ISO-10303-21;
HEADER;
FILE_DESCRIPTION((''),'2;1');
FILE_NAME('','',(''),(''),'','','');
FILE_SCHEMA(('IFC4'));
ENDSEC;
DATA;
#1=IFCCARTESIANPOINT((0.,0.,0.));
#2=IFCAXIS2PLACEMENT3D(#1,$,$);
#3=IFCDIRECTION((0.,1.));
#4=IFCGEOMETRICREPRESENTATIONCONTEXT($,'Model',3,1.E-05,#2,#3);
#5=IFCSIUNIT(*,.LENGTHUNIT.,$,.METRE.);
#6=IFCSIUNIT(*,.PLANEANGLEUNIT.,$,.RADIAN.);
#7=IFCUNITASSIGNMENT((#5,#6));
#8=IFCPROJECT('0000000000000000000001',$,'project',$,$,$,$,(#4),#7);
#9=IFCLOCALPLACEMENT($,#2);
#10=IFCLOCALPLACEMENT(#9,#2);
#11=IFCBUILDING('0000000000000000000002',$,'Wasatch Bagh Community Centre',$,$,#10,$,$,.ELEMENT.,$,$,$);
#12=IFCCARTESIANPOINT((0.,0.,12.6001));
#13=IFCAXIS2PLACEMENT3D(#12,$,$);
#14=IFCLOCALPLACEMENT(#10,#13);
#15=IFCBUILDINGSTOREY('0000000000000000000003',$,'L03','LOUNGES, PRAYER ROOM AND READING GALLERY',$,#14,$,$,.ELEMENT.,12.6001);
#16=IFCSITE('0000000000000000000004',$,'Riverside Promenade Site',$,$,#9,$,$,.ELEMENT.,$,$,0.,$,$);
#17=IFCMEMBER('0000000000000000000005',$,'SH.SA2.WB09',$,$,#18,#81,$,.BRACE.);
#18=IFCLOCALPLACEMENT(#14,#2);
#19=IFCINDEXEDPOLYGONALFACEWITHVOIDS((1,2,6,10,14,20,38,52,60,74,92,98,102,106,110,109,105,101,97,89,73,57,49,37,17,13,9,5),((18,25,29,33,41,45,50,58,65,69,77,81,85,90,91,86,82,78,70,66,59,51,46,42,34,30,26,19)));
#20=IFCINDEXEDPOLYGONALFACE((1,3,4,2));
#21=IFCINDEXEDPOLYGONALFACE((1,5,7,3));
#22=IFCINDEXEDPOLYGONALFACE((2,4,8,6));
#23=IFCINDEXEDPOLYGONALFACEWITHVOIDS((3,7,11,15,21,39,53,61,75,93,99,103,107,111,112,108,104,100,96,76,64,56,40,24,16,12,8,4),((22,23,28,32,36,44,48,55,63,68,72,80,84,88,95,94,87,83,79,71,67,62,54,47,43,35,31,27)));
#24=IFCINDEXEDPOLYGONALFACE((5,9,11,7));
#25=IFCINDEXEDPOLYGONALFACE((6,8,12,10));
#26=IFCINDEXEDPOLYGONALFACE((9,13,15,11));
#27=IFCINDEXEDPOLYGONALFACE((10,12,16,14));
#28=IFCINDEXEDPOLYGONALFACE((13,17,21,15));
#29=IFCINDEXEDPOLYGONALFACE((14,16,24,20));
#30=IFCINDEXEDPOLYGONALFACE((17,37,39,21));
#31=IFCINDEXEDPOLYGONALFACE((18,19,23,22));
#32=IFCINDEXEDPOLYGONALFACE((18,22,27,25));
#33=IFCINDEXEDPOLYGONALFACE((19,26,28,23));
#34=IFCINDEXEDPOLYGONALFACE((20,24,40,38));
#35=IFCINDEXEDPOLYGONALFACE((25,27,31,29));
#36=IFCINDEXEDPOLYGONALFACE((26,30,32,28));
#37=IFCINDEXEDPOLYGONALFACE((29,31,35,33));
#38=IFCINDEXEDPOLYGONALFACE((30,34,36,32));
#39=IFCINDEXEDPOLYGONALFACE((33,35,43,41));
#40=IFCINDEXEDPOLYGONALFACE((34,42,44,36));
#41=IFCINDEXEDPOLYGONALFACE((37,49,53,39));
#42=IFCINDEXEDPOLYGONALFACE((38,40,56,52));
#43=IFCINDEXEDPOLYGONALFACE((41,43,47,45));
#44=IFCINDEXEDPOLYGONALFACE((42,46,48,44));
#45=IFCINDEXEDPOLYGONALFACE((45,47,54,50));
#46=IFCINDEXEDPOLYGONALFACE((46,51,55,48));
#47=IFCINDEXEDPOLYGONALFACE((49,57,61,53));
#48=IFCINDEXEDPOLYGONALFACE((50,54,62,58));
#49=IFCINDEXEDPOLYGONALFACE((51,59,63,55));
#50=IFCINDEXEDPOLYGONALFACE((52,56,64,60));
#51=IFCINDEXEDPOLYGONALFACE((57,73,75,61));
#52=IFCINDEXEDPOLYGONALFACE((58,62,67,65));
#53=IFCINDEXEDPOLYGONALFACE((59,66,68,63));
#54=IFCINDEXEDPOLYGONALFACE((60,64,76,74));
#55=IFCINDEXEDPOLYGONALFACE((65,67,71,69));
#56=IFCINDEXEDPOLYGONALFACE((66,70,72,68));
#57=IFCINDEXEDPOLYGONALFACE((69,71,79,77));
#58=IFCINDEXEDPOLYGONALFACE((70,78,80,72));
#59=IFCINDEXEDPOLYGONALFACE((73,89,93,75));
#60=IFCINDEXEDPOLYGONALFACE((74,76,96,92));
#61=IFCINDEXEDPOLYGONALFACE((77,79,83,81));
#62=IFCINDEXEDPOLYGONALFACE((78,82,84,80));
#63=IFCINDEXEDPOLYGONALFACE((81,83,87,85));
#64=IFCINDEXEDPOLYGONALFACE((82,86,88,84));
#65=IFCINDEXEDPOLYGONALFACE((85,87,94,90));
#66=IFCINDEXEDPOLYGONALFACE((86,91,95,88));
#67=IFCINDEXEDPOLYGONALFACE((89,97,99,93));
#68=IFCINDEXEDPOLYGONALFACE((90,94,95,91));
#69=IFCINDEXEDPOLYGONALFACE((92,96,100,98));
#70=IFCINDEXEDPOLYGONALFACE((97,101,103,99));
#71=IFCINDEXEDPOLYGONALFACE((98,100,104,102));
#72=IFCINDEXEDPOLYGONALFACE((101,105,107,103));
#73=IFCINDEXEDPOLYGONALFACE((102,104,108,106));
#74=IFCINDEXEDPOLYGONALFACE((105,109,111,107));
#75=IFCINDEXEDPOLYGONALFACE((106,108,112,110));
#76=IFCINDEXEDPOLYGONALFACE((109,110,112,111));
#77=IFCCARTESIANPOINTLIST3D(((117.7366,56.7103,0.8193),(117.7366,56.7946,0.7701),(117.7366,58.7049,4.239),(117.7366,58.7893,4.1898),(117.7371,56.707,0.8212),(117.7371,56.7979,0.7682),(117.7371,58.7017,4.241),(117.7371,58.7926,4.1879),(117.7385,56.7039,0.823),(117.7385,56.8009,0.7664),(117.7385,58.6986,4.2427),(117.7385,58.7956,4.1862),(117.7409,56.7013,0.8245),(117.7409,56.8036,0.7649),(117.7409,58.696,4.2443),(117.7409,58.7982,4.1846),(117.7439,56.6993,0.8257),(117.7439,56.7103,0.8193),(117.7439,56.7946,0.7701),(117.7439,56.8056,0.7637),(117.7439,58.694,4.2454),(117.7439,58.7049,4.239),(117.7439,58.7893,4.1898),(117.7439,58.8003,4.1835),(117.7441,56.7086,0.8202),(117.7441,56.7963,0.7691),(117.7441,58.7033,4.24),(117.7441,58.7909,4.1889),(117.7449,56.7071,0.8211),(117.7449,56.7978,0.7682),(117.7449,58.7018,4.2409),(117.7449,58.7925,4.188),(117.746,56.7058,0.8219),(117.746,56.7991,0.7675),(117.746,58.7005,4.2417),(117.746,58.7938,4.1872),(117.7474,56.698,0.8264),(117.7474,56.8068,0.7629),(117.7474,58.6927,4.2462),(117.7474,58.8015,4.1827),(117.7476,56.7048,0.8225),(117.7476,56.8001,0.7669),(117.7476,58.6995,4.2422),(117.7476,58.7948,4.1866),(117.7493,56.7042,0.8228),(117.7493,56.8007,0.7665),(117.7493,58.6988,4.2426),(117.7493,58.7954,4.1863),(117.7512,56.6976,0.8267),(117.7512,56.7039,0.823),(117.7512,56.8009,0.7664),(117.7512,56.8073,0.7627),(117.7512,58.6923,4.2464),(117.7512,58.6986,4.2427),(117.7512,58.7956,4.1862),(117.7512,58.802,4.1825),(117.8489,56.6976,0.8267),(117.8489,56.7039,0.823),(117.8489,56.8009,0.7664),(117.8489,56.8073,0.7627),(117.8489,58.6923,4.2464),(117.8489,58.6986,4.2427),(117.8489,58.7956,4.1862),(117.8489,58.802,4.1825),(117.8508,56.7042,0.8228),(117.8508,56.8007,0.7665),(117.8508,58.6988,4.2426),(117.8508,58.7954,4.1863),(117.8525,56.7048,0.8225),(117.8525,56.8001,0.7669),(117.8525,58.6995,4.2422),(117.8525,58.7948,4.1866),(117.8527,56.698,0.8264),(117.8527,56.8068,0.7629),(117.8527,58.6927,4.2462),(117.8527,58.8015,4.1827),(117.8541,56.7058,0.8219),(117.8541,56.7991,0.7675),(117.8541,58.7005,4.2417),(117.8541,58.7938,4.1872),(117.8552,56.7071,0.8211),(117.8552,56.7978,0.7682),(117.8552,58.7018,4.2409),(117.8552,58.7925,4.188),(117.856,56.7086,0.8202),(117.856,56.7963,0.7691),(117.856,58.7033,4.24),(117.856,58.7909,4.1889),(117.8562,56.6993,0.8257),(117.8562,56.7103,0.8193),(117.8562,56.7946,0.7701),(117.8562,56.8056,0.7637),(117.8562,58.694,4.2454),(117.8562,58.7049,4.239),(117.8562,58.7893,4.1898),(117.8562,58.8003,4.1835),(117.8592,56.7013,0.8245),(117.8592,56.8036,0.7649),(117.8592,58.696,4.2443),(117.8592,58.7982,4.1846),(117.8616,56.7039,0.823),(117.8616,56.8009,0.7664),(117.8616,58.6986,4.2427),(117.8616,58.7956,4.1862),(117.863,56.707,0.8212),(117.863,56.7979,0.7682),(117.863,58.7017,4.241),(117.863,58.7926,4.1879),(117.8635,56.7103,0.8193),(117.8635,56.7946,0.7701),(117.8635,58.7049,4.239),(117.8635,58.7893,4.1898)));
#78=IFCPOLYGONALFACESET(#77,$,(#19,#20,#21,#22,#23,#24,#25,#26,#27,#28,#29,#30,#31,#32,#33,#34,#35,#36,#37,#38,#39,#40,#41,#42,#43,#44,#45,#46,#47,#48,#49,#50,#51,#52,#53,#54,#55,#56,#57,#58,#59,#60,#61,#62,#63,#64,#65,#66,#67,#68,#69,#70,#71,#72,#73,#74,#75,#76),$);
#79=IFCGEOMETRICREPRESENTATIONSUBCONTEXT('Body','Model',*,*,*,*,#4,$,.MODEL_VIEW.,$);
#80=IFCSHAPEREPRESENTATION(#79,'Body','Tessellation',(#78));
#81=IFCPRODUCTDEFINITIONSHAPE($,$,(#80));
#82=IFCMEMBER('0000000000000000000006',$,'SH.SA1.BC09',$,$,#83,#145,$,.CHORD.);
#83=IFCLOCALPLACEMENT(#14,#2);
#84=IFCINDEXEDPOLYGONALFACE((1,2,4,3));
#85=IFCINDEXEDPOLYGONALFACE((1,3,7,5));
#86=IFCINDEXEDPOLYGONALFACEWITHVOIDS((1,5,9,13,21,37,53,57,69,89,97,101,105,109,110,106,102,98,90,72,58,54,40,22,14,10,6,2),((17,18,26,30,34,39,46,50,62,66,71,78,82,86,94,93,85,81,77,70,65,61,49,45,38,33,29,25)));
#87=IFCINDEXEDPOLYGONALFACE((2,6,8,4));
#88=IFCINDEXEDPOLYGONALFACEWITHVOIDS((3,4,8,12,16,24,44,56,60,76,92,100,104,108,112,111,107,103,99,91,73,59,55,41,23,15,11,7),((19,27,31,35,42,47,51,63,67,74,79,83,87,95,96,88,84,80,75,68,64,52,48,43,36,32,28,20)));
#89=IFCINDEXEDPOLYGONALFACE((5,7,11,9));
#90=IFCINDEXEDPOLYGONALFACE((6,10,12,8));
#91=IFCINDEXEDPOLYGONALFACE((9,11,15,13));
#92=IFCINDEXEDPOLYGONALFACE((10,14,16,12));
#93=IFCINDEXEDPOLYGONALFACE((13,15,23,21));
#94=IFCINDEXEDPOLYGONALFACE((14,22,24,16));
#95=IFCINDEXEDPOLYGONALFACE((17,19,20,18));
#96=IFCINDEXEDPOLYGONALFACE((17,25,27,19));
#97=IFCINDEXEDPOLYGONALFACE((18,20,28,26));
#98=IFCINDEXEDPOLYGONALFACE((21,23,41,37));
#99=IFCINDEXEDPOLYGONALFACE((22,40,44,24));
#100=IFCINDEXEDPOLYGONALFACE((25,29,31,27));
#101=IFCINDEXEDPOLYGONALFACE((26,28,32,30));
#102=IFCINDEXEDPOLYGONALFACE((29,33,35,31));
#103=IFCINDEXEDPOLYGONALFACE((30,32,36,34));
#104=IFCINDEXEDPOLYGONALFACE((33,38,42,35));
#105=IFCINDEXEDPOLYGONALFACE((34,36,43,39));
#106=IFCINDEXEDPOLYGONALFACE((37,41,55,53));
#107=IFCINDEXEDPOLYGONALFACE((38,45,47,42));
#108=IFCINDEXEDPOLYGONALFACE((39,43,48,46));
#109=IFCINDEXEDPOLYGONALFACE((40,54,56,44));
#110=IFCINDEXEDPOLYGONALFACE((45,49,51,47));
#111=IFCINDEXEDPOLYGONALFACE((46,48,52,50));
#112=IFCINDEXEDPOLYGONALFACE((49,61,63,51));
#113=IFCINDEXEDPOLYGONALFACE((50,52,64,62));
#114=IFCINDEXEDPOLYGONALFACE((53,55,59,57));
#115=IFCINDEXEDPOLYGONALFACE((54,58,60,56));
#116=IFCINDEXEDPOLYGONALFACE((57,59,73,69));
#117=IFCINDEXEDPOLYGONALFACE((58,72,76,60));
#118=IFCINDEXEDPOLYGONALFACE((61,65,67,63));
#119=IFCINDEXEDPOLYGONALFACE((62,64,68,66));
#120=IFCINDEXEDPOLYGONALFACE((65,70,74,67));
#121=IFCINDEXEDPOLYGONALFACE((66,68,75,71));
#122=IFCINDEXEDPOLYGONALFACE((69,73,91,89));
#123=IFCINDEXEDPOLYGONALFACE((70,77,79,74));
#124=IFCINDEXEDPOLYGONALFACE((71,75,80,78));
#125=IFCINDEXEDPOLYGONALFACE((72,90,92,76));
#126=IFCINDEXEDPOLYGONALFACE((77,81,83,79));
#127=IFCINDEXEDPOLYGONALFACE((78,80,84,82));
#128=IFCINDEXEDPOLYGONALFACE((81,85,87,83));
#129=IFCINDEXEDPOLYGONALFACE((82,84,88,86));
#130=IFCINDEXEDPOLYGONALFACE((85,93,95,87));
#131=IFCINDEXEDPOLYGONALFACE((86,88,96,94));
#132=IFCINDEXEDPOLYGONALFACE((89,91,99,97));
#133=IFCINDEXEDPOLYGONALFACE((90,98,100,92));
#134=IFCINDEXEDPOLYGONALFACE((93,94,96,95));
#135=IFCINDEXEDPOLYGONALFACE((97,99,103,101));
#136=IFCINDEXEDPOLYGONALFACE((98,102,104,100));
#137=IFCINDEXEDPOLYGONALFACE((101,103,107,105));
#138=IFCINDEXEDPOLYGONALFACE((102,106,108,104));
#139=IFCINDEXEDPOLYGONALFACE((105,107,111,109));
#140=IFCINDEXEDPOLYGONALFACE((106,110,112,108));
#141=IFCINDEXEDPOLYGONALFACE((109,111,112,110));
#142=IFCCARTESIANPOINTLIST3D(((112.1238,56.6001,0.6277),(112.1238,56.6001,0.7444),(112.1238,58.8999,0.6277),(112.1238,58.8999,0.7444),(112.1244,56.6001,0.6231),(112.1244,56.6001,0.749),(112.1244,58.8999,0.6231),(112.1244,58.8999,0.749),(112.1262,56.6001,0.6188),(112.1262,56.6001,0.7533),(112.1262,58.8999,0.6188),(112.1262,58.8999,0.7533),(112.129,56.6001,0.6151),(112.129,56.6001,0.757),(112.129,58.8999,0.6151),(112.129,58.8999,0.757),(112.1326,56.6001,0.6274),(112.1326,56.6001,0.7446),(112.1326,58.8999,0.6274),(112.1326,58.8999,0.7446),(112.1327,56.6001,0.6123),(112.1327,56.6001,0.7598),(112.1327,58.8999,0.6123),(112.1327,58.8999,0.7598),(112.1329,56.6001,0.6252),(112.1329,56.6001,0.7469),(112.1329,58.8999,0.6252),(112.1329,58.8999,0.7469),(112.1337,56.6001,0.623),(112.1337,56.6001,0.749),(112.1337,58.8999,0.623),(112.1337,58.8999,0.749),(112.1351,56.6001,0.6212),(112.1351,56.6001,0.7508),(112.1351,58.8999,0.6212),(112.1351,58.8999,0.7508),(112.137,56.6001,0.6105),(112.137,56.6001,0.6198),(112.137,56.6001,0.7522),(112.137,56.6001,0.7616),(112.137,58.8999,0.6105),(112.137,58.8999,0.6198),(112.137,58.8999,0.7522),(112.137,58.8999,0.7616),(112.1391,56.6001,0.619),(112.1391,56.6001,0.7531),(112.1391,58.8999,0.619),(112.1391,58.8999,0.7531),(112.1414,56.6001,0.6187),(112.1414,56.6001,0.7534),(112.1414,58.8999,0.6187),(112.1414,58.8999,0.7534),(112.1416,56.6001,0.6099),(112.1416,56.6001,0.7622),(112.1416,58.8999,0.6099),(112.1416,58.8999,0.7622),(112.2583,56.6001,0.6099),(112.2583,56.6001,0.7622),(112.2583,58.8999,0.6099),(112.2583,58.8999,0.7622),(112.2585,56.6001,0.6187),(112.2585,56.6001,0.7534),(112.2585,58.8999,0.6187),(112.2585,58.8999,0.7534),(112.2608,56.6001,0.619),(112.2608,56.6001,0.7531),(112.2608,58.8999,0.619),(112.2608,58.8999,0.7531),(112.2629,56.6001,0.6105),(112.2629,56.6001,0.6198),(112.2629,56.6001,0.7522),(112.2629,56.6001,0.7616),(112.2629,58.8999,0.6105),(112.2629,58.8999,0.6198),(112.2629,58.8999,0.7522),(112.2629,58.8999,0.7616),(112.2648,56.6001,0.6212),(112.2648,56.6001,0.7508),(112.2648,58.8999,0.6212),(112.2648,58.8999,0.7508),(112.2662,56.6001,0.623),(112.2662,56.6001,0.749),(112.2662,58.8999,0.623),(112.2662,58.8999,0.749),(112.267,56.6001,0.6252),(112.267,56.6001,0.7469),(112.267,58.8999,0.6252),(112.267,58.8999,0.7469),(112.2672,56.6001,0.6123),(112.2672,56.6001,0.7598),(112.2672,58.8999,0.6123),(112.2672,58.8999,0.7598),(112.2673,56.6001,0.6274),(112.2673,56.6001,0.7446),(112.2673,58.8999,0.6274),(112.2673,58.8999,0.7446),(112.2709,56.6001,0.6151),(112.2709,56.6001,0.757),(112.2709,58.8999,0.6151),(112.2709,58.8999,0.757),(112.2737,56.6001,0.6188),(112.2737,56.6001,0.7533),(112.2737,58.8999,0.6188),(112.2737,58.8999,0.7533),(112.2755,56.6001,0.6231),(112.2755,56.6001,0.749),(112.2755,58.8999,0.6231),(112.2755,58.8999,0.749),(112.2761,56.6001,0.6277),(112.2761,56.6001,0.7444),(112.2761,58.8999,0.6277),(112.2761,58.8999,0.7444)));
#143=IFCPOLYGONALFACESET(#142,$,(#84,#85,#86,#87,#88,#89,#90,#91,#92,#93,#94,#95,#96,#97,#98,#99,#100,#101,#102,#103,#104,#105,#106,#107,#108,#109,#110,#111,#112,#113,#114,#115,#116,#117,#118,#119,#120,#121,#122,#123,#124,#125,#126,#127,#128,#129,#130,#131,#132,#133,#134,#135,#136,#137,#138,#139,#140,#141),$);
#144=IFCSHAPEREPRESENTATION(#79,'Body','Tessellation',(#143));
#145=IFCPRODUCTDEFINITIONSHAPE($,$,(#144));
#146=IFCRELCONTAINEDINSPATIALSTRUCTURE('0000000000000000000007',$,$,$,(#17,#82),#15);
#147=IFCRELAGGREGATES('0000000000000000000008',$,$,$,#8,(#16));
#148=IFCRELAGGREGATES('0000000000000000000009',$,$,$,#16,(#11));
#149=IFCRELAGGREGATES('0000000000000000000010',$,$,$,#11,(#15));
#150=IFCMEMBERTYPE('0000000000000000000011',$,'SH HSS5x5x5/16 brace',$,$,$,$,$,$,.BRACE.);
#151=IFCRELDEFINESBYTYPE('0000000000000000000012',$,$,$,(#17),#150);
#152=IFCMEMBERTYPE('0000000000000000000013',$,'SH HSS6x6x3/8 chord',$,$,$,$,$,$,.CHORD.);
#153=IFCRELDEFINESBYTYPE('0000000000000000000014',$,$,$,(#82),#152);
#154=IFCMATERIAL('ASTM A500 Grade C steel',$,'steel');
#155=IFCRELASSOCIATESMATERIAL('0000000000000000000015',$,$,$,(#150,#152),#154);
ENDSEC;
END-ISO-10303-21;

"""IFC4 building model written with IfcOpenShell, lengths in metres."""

from ifc_helpers import new_model, si_unit, direction, frame, origin, origin_2d, place, context, subcontext, project, spatial, hollow_rectangle, extrude, material, material_profile, profile_set, type_object, element, save


model = new_model("IFC4")

# Units and contexts
model_context = context("Model", 3, precision=1e-05, world=origin(), true_north=direction((0.0, 1.0)))
body_context = subcontext(model_context, "Body", "Model", "MODEL_VIEW")
ifc_project = project(units=[si_unit("LENGTHUNIT", "METRE"), si_unit("PLANEANGLEUNIT", "RADIAN")], contexts=[model_context])

# Site, building, storey
site_placement = place(None, origin())
site = spatial("IfcSite", under=ifc_project, at=site_placement, Name="Riverside Promenade Site", CompositionType="ELEMENT", RefElevation=0.0)
building_placement = place(site_placement, origin())
building = spatial("IfcBuilding", under=site, at=building_placement, Name="Wasatch Bagh Community Centre", CompositionType="ELEMENT")
storey_placement = place(building_placement, frame((0.0, 0.0, 12.6001)))
storey = spatial("IfcBuildingStorey", under=building, at=storey_placement, Name="L03", Description="LOUNGES, PRAYER ROOM AND READING GALLERY", CompositionType="ELEMENT", Elevation=12.6001)

# Members
ifc_material_1 = material(Name="ASTM A500 Grade C steel", Category="steel")
ifc_material_profile_1 = material_profile(ifc_material_1, hollow_rectangle(XDim=0.127, YDim=0.127, WallThickness=0.0073, InnerFilletRadius=0.0073, OuterFilletRadius=0.0146, at=origin_2d()), Name="HSS5x5x5/16")
ifc_profile_set_1 = profile_set([ifc_material_profile_1], Name="ASTM A500 Grade C steel")
member_type_1 = type_object("IfcMemberType", Name="SH HSS5x5x5/16 brace", PredefinedType="BRACE", material=ifc_profile_set_1)
member_1_placement = place(storey_placement, frame((117.8, 56.7524, 0.7947), z_axis=(0.0, 0.503837, 0.863799), x_axis=(-1.0, 0.0, 0.0)))
element("IfcMember", 1, at=member_1_placement, inside=storey, type_object=member_type_1, Name="SH.SA2.WB09", PredefinedType="BRACE", context=body_context, shape_type="SweptSolid", body=[
    extrude(hollow_rectangle(XDim=0.127, YDim=0.127, WallThickness=0.0073, InnerFilletRadius=0.0073, OuterFilletRadius=0.0146, at=origin_2d()), origin(), (0.0, 0.0, 1.0), 3.959),
])
ifc_material_profile_2 = material_profile(ifc_material_1, hollow_rectangle(XDim=0.1523, YDim=0.1523, WallThickness=0.0088, InnerFilletRadius=0.0088, OuterFilletRadius=0.0178, at=origin_2d()), Name="HSS6x6x3/8")
ifc_profile_set_2 = profile_set([ifc_material_profile_2], Name="ASTM A500 Grade C steel")
member_type_2 = type_object("IfcMemberType", Name="SH HSS6x6x3/8 chord", PredefinedType="CHORD", material=ifc_profile_set_2)
member_2_placement = place(storey_placement, frame((112.2, 56.6001, 0.686), z_axis=(0.0, 1.0, 0.0), x_axis=(-1.0, 0.0, 0.0)))
element("IfcMember", 2, at=member_2_placement, inside=storey, type_object=member_type_2, Name="SH.SA1.BC09", PredefinedType="CHORD", context=body_context, shape_type="SweptSolid", body=[
    extrude(hollow_rectangle(XDim=0.1523, YDim=0.1523, WallThickness=0.0088, InnerFilletRadius=0.0088, OuterFilletRadius=0.0178, at=origin_2d()), origin(), (0.0, 0.0, 1.0), 2.2998),
])

save(model, "model.ifc")
